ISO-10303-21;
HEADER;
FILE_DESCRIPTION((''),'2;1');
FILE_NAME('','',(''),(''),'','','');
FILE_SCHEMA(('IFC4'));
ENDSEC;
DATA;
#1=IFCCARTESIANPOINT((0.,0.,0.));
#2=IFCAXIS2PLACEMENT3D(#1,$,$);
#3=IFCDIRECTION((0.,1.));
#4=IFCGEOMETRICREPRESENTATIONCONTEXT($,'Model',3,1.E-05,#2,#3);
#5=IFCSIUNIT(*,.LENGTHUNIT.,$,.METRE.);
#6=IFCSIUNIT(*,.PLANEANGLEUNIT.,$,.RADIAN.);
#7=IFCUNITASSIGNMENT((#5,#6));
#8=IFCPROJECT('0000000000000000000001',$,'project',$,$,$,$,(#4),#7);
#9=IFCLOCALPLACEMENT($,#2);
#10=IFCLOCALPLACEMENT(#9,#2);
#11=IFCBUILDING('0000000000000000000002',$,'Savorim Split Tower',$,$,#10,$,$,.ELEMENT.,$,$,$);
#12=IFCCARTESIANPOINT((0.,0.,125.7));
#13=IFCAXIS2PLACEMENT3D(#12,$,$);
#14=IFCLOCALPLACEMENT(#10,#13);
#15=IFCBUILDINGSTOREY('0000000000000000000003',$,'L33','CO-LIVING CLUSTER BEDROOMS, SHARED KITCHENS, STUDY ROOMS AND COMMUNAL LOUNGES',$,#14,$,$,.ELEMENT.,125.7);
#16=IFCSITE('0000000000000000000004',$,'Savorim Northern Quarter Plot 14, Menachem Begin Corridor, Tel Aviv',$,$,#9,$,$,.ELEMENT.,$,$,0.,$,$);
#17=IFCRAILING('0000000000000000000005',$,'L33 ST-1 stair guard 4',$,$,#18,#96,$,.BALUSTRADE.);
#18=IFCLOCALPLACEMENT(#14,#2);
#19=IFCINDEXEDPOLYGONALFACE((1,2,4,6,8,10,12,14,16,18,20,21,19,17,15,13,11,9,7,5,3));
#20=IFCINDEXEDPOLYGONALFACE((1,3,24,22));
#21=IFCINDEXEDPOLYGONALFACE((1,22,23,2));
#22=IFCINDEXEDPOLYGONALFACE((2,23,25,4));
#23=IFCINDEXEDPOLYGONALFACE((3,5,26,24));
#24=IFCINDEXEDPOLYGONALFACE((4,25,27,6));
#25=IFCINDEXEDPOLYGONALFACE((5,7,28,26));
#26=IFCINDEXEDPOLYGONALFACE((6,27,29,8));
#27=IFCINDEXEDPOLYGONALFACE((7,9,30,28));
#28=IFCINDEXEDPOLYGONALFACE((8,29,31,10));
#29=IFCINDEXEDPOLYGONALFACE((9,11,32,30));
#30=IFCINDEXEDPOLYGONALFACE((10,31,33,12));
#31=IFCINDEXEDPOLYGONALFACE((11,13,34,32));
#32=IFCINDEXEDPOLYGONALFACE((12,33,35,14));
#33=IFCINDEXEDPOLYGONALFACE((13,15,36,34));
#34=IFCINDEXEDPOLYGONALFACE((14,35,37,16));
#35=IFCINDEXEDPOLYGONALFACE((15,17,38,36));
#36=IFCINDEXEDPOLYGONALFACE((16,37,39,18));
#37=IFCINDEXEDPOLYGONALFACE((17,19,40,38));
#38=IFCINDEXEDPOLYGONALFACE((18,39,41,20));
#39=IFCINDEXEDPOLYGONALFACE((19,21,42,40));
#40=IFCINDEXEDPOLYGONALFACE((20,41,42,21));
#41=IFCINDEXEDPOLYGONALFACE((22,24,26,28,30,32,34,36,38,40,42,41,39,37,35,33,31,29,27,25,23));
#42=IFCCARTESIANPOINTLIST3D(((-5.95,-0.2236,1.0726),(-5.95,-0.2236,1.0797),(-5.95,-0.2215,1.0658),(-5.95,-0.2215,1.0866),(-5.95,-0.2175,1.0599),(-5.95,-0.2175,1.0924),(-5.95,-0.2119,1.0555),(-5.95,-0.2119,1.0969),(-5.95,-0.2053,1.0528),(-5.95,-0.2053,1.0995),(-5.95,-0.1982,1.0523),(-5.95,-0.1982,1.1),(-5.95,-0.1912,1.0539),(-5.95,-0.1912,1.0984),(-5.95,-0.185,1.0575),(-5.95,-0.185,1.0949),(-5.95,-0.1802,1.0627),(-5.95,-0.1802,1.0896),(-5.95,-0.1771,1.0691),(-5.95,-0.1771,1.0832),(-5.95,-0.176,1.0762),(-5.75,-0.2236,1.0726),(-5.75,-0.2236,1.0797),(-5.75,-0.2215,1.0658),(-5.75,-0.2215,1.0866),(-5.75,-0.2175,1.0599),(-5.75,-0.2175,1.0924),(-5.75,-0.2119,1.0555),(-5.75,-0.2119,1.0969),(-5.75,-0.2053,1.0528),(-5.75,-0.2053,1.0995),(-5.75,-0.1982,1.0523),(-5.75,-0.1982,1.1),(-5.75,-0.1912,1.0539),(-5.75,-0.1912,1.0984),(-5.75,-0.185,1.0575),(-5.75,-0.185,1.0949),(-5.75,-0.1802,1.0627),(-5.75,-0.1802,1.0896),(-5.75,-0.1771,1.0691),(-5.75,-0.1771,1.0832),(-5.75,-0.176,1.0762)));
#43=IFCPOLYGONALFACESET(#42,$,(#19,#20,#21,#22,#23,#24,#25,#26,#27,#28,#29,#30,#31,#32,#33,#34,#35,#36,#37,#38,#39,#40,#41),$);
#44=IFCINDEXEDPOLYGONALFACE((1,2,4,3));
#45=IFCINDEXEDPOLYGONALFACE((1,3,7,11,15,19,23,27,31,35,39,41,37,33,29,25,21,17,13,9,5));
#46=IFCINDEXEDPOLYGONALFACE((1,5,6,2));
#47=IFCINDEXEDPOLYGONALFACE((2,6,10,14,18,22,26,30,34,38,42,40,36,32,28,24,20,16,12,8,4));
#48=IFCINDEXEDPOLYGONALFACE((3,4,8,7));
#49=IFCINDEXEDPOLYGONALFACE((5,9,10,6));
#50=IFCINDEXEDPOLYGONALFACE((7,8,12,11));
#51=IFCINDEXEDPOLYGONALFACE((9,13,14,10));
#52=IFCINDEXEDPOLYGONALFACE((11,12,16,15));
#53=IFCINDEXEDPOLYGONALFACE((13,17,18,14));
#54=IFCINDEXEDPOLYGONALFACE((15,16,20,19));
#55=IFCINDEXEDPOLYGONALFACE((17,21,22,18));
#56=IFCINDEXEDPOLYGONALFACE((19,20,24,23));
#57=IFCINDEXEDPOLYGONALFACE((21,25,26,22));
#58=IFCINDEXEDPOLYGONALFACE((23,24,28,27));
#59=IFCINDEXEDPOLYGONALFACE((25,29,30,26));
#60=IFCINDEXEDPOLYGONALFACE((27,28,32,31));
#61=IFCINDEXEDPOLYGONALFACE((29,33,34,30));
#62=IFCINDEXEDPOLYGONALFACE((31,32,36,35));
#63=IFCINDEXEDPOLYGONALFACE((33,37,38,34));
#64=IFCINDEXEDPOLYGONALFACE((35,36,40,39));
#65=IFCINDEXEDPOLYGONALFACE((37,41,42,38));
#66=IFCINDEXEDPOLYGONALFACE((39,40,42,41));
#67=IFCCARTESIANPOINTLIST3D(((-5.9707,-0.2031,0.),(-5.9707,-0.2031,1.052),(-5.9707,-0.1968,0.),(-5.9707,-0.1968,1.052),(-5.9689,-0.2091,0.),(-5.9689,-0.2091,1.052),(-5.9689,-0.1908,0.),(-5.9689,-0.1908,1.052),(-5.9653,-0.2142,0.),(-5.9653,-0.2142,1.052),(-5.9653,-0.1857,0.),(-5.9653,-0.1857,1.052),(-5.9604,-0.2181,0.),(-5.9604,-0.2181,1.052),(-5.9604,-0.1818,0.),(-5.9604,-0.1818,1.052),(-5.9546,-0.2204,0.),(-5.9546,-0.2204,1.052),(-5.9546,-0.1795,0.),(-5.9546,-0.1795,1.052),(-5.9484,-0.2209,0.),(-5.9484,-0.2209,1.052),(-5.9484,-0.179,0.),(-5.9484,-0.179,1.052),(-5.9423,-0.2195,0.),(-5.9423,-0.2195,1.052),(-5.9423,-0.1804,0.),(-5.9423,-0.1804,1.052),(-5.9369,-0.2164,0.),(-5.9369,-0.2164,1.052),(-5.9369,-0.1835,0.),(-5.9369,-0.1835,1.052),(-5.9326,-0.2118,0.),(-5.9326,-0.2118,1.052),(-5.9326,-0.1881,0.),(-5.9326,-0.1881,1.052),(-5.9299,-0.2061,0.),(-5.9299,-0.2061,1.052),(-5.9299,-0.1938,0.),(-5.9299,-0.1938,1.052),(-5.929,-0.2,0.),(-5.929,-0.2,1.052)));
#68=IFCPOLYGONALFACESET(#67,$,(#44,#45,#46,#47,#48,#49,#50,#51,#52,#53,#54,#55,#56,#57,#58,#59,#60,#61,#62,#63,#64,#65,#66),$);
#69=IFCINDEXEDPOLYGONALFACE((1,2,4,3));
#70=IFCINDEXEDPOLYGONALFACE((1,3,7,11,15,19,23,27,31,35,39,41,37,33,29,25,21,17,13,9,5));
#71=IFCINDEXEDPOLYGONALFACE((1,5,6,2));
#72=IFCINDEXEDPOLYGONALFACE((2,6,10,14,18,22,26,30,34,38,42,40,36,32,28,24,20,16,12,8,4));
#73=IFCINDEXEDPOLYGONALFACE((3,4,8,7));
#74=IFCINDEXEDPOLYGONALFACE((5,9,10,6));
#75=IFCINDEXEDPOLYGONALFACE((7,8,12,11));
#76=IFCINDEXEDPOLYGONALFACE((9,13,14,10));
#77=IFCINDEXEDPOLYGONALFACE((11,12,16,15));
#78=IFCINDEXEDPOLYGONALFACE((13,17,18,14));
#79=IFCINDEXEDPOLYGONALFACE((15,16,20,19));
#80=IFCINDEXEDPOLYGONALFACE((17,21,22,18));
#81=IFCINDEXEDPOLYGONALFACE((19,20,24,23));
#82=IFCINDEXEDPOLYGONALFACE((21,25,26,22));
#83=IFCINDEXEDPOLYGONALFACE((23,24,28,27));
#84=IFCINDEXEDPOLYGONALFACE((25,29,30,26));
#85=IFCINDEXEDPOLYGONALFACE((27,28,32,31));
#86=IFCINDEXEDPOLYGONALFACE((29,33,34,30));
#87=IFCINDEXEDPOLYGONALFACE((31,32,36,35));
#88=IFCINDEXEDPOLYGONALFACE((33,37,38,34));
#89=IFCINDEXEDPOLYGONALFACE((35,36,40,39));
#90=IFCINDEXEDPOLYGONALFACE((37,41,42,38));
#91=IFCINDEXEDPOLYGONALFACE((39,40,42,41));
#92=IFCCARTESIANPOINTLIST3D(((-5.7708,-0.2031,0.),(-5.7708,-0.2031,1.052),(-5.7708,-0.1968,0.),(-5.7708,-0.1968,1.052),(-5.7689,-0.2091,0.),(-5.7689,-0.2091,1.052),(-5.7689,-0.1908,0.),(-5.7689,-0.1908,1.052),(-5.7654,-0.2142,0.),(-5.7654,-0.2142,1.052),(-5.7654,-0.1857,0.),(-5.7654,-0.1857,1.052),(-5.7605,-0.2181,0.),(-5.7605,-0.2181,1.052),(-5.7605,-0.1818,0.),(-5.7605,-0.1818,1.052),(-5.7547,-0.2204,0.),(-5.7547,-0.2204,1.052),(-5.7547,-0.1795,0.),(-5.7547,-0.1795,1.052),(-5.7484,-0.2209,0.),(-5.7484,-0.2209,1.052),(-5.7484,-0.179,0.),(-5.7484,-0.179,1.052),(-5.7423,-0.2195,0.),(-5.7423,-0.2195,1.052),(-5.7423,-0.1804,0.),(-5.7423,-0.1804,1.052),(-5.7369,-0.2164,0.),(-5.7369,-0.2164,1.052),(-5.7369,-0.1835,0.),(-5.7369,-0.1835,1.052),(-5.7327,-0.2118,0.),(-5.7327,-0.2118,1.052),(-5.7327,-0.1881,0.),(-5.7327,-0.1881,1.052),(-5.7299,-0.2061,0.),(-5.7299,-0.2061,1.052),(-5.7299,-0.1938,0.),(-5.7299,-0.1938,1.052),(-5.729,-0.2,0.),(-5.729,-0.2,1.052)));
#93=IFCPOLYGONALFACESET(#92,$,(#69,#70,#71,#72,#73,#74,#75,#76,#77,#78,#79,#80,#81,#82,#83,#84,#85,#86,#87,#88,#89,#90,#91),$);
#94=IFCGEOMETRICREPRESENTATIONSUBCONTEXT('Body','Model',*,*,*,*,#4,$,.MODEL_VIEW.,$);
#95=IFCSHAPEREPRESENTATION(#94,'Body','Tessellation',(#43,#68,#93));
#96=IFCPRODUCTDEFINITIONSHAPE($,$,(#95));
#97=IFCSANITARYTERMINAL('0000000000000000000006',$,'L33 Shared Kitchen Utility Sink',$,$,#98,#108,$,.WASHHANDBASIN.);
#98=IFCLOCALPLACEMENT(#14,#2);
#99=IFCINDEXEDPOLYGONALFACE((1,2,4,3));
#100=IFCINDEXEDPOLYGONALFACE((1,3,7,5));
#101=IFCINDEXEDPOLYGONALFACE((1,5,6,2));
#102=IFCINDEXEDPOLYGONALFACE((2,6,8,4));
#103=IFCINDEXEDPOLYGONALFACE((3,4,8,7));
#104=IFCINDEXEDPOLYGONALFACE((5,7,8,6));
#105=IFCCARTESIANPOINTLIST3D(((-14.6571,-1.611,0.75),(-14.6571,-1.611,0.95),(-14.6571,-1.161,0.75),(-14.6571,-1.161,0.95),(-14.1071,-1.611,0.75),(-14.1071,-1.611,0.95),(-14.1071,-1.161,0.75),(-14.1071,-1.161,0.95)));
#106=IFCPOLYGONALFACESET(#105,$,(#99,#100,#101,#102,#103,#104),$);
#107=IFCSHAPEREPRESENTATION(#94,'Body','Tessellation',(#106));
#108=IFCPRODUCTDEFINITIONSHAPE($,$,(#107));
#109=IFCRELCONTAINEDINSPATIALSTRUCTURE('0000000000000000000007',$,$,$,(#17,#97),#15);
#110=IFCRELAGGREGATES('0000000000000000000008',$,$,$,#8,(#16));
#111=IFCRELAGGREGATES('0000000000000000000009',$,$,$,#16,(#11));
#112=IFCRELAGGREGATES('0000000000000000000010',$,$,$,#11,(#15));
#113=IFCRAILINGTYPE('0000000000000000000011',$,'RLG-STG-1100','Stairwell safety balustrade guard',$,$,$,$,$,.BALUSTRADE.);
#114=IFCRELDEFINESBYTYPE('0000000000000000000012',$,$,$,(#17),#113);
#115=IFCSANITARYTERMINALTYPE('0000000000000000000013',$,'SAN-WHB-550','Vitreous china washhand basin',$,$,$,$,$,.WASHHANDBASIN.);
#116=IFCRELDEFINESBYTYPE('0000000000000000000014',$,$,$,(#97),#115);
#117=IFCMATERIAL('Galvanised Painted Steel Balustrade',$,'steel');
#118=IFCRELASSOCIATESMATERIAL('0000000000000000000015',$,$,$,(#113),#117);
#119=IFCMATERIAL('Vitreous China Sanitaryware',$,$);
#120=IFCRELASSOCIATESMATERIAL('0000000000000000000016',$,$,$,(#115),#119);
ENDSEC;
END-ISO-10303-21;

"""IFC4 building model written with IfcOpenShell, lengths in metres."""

from ifc_helpers import new_model, si_unit, direction, frame, origin, origin_2d, place, context, subcontext, project, spatial, rectangle, circle, extrude, material, type_object, element, save


model = new_model("IFC4")

# Units and contexts
model_context = context("Model", 3, precision=1e-05, world=origin(), true_north=direction((0.0, 1.0)))
body_context = subcontext(model_context, "Body", "Model", "MODEL_VIEW")
ifc_project = project(units=[si_unit("LENGTHUNIT", "METRE"), si_unit("PLANEANGLEUNIT", "RADIAN")], contexts=[model_context])

# Site, building, storey
site_placement = place(None, origin())
site = spatial("IfcSite", under=ifc_project, at=site_placement, Name="Savorim Northern Quarter Plot 14, Menachem Begin Corridor, Tel Aviv", CompositionType="ELEMENT", RefElevation=0.0)
building_placement = place(site_placement, origin())
building = spatial("IfcBuilding", under=site, at=building_placement, Name="Savorim Split Tower", CompositionType="ELEMENT")
storey_placement = place(building_placement, frame((0.0, 0.0, 125.7)))
storey = spatial("IfcBuildingStorey", under=building, at=storey_placement, Name="L33", Description="CO-LIVING CLUSTER BEDROOMS, SHARED KITCHENS, STUDY ROOMS AND COMMUNAL LOUNGES", CompositionType="ELEMENT", Elevation=125.7)

# Railing
ifc_material_1 = material(Name="Galvanised Painted Steel Balustrade", Category="steel")
railing_type_1 = type_object("IfcRailingType", Name="RLG-STG-1100", Description="Stairwell safety balustrade guard", PredefinedType="BALUSTRADE", material=ifc_material_1)
railing_1_placement = place(storey_placement, frame((-5.95, -0.2, 0.0)))
element("IfcRailing", 1, at=railing_1_placement, inside=storey, type_object=railing_type_1, Name="L33 ST-1 stair guard 4", PredefinedType="BALUSTRADE", context=body_context, shape_type="SweptSolid", body=[
    extrude(circle(Radius=0.0239, at=origin_2d()), frame((0.0, 0.0, 1.0762), z_axis=(1.0, 0.0, 0.0), x_axis=(0.0, 1.0, 0.0)), (0.0, 0.0, 1.0), 0.2),
    extrude(circle(Radius=0.021, at=origin_2d()), origin(), (0.0, 0.0, 1.0), 1.052),
    extrude(circle(Radius=0.021, at=origin_2d()), frame((0.2, 0.0, 0.0)), (0.0, 0.0, 1.0), 1.052),
])

# Sanitary terminal
ifc_material_2 = material(Name="Vitreous China Sanitaryware")
sanitary_terminal_type = type_object("IfcSanitaryTerminalType", Name="SAN-WHB-550", Description="Vitreous china washhand basin", PredefinedType="WASHHANDBASIN", material=ifc_material_2)
sanitary_terminal_placement = place(storey_placement, frame((-14.3821, -1.386, 0.75), z_axis=(0.0, 0.0, 1.0), x_axis=(1.0, 0.0, 0.0)))
element("IfcSanitaryTerminal", 2, at=sanitary_terminal_placement, inside=storey, type_object=sanitary_terminal_type, Name="L33 Shared Kitchen Utility Sink", PredefinedType="WASHHANDBASIN", context=body_context, shape_type="SweptSolid", body=[
    extrude(rectangle(XDim=0.55, YDim=0.45, at=origin_2d()), origin(), (0.0, 0.0, 1.0), 0.2),
])

save(model, "model.ifc")
